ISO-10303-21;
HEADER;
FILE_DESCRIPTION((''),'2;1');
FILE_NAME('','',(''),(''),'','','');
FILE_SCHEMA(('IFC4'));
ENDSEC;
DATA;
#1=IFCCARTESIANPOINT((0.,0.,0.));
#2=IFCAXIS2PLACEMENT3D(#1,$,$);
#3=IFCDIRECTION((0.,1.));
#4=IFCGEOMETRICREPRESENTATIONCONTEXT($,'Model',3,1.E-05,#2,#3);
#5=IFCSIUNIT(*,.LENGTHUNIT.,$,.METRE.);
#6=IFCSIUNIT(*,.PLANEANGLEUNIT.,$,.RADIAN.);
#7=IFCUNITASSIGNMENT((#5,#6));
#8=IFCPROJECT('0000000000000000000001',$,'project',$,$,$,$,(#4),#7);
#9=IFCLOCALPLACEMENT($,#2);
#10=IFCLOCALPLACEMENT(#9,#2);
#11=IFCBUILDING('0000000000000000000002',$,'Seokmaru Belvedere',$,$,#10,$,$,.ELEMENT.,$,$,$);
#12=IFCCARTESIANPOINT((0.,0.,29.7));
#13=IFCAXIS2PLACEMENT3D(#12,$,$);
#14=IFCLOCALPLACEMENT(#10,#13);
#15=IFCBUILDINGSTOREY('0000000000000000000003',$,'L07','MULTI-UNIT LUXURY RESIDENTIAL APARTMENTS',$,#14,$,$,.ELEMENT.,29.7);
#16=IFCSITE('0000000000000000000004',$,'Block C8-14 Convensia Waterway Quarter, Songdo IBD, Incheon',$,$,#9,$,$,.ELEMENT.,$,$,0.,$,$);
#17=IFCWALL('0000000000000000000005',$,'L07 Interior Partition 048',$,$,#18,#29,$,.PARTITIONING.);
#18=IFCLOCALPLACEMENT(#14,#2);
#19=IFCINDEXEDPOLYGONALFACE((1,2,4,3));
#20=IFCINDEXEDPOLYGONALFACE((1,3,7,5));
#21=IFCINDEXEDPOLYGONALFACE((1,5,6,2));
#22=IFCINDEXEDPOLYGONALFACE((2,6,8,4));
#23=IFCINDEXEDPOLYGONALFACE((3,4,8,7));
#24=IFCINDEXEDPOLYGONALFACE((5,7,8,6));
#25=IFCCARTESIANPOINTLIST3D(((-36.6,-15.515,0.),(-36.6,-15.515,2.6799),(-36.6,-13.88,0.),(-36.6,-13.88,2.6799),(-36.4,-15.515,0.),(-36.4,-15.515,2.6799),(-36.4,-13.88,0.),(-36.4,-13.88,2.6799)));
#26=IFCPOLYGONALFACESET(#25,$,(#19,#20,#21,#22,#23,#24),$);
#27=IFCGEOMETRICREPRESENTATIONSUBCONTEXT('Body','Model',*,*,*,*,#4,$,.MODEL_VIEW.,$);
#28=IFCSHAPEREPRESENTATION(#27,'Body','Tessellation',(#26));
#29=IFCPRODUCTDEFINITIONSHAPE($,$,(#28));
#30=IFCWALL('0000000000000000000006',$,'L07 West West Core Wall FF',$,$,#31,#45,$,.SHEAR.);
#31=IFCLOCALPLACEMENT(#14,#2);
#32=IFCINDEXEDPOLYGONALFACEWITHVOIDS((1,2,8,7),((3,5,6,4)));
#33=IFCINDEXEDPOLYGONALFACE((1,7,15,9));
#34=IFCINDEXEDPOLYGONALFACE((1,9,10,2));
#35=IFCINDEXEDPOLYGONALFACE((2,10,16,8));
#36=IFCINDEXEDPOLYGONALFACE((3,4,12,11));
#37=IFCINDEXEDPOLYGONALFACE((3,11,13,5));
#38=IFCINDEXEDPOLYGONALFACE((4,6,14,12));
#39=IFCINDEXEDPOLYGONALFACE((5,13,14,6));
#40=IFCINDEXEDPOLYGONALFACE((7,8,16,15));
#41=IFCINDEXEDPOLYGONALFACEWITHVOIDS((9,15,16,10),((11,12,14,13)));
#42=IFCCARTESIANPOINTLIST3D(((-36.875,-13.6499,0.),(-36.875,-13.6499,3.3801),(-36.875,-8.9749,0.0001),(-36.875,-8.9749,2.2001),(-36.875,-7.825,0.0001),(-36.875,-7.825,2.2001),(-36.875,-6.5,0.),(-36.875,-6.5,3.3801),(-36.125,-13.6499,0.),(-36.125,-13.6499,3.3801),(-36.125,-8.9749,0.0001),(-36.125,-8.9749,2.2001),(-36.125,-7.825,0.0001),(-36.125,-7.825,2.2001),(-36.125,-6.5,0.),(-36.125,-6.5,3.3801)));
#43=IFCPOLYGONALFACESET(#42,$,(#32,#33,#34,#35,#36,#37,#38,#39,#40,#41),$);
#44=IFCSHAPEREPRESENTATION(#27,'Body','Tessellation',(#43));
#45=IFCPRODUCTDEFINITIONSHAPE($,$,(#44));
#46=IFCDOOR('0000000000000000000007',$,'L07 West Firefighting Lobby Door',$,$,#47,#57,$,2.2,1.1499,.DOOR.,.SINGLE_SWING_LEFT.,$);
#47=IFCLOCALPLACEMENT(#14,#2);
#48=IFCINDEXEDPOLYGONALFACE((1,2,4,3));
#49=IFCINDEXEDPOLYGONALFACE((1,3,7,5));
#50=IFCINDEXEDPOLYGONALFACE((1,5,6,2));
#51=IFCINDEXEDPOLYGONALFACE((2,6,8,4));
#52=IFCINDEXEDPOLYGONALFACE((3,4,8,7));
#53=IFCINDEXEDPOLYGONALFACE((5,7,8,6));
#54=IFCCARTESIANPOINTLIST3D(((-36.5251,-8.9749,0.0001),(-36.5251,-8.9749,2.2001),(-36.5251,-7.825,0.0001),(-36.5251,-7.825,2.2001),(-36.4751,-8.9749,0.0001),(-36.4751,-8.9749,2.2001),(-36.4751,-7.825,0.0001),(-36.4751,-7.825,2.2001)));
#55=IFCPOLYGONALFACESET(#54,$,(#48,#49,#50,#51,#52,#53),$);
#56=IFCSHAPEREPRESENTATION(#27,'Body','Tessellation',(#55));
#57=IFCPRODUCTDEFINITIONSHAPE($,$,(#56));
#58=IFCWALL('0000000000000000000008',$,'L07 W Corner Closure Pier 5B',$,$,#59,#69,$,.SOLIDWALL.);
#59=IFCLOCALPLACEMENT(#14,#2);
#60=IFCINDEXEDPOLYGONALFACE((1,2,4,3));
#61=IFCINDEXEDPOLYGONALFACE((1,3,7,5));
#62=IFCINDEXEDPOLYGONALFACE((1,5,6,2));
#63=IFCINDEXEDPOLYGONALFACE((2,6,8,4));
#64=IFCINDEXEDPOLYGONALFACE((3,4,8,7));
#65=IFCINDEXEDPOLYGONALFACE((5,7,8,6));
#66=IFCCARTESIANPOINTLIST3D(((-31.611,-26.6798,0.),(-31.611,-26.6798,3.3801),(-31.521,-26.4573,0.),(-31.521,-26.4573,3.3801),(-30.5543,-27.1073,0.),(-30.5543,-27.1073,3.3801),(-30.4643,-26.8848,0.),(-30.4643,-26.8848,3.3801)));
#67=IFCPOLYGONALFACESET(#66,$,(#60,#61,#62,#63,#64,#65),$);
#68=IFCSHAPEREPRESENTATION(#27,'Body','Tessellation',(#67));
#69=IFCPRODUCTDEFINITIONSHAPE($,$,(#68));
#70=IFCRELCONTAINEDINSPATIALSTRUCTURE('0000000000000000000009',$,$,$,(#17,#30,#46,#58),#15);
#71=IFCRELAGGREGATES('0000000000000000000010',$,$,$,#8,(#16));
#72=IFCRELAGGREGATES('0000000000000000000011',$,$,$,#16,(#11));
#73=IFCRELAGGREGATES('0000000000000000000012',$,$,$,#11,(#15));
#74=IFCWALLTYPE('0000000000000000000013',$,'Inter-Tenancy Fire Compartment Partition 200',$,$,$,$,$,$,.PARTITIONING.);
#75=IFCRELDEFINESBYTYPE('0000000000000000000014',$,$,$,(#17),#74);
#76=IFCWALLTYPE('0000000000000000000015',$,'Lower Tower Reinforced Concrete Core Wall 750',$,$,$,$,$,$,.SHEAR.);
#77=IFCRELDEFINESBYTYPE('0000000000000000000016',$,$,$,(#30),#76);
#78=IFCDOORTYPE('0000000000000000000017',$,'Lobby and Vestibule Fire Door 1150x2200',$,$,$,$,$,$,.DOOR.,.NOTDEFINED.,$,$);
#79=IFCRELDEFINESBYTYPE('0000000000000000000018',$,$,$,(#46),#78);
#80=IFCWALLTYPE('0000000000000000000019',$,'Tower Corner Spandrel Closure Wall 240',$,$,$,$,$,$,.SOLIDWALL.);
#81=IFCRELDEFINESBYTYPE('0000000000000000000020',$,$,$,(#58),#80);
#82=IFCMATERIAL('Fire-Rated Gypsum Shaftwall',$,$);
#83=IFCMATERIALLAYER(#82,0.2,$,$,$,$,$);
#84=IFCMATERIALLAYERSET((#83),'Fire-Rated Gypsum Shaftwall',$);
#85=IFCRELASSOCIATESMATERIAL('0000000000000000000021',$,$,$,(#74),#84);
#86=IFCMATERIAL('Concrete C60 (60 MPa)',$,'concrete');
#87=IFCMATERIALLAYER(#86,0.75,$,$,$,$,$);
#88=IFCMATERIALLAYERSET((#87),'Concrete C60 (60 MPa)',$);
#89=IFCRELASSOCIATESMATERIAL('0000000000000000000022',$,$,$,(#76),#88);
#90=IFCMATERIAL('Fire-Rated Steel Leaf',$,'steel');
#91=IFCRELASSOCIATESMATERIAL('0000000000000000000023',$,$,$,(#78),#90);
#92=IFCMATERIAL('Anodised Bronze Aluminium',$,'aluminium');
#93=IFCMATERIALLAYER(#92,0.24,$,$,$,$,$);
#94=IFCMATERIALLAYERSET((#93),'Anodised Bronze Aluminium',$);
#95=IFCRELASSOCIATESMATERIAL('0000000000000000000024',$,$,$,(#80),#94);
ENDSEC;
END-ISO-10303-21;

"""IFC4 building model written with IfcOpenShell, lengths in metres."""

from ifc_helpers import new_model, si_unit, direction, frame, frame_2d, origin, place, context, subcontext, project, spatial, rectangle, extrude, source, transform, mapped, material, layer, layer_set, type_object, type_shapes, element, fill, save


model = new_model("IFC4")

# Units and contexts
model_context = context("Model", 3, precision=1e-05, world=origin(), true_north=direction((0.0, 1.0)))
body_context = subcontext(model_context, "Body", "Model", "MODEL_VIEW")
ifc_project = project(units=[si_unit("LENGTHUNIT", "METRE"), si_unit("PLANEANGLEUNIT", "RADIAN")], contexts=[model_context])

# Site, building, storey
site_placement = place(None, origin())
site = spatial("IfcSite", under=ifc_project, at=site_placement, Name="Block C8-14 Convensia Waterway Quarter, Songdo IBD, Incheon", CompositionType="ELEMENT", RefElevation=0.0)
building_placement = place(site_placement, origin())
building = spatial("IfcBuilding", under=site, at=building_placement, Name="Seokmaru Belvedere", CompositionType="ELEMENT")
storey_placement = place(building_placement, frame((0.0, 0.0, 29.7)))
storey = spatial("IfcBuildingStorey", under=building, at=storey_placement, Name="L07", Description="MULTI-UNIT LUXURY RESIDENTIAL APARTMENTS", CompositionType="ELEMENT", Elevation=29.7)

# Shared definitions
ifc_material_1 = material(Name="Anodised Bronze Aluminium", Category="aluminium")

# Shared definitions
ifc_material_2 = material(Name="Fire-Rated Gypsum Shaftwall")

# Shared definitions
ifc_layer_1 = layer(ifc_material_2, 0.2)
ifc_layer_set_1 = layer_set([ifc_layer_1], Name="Fire-Rated Gypsum Shaftwall")
wall_type_1 = type_object("IfcWallType", Name="Inter-Tenancy Fire Compartment Partition 200", PredefinedType="PARTITIONING", material=ifc_layer_set_1)

# Shared definitions
ifc_material_3 = material(Name="Fire-Rated Steel Leaf", Category="steel")

# Wall
wall_1_placement = place(storey_placement, frame((-36.5, -15.5149, 0.0), z_axis=(0.0, 0.0, 1.0), x_axis=(0.0, 1.0, 0.0)))
element("IfcWall", 1, at=wall_1_placement, inside=storey, type_object=wall_type_1, Name="L07 Interior Partition 048", PredefinedType="PARTITIONING", context=body_context, shape_type="SweptSolid", body=[
    extrude(rectangle(XDim=1.635, YDim=0.2, at=frame_2d((0.8174, 0.0))), origin(), (0.0, 0.0, 1.0), 2.6799),
])

# Wall, opening, door
ifc_material_4 = material(Name="Concrete C60 (60 MPa)", Category="concrete")
ifc_layer_2 = layer(ifc_material_4, 0.75)
ifc_layer_set_2 = layer_set([ifc_layer_2], Name="Concrete C60 (60 MPa)")
wall_type_2 = type_object("IfcWallType", Name="Lower Tower Reinforced Concrete Core Wall 750", PredefinedType="SHEAR", material=ifc_layer_set_2)
wall_2_placement = place(storey_placement, frame((-36.5, -13.6499, 0.0), z_axis=(0.0, 0.0, 1.0), x_axis=(0.0, 1.0, 0.0)))
wall_2 = element("IfcWall", 2, at=wall_2_placement, inside=storey, type_object=wall_type_2, Name="L07 West West Core Wall FF", PredefinedType="SHEAR", context=body_context, shape_type="SweptSolid", body=[
    extrude(rectangle(XDim=7.1499, YDim=0.75, at=frame_2d((3.575, 0.0))), origin(), (0.0, 0.0, 1.0), 3.3801),
])
opening_1_placement = place(wall_2_placement, frame((4.675, 0.0, 0.0)))
opening_1 = element("IfcOpeningElement", 3, at=opening_1_placement, cuts=wall_2, PredefinedType="OPENING", context=body_context, shape_type="SweptSolid", body=[
    extrude(rectangle(XDim=1.1499, YDim=2.2, at=frame_2d((0.575, 1.1001))), frame((0.0, 0.385, 0.0), z_axis=(0.0, -1.0, 0.0), x_axis=(1.0, 0.0, 0.0)), (0.0, 0.0, 1.0), 0.77),
])
door_type_1 = type_object("IfcDoorType", Name="Lobby and Vestibule Fire Door 1150x2200", OperationType="NOTDEFINED", PredefinedType="DOOR", material=ifc_material_3)
shared_shape_1 = source(origin(), body_context, "Body", "SweptSolid", [
    extrude(rectangle(XDim=1.1499, YDim=2.2, at=frame_2d((0.575, 1.1001))), frame((0.0, 0.0249, 0.0), z_axis=(0.0, -1.0, 0.0), x_axis=(1.0, 0.0, 0.0)), (0.0, 0.0, 1.0), 0.05),
])
type_shapes(door_type_1, [shared_shape_1])
door_1_placement = place(opening_1_placement, frame((1.1499, 0.0, 0.0), z_axis=(0.0, 0.0, 1.0), x_axis=(-1.0, 0.0, 0.0)))
door_1 = element("IfcDoor", 4, at=door_1_placement, inside=storey, type_object=door_type_1, Name="L07 West Firefighting Lobby Door", OperationType="SINGLE_SWING_LEFT", OverallHeight=2.2, OverallWidth=1.1499, PredefinedType="DOOR", context=body_context, shape_type="MappedRepresentation", body=[
    mapped(shared_shape_1, transform((0.0, 0.0, 0.0), scale=1.0)),
])
fill(opening_1, door_1)

# Wall
ifc_layer_3 = layer(ifc_material_1, 0.24)
ifc_layer_set_3 = layer_set([ifc_layer_3], Name="Anodised Bronze Aluminium")
wall_type_3 = type_object("IfcWallType", Name="Tower Corner Spandrel Closure Wall 240", PredefinedType="SOLIDWALL", material=ifc_layer_set_3)
wall_3_placement = place(storey_placement, frame((-31.5659, -26.5686, 0.0), z_axis=(0.0, 0.0, 1.0), x_axis=(0.927007, -0.375044, 0.0)))
element("IfcWall", 5, at=wall_3_placement, inside=storey, type_object=wall_type_3, Name="L07 W Corner Closure Pier 5B", PredefinedType="SOLIDWALL", context=body_context, shape_type="SweptSolid", body=[
    extrude(rectangle(XDim=1.1399, YDim=0.24, at=frame_2d((0.5698, 0.0))), origin(), (0.0, 0.0, 1.0), 3.3801),
])

save(model, "model.ifc")
